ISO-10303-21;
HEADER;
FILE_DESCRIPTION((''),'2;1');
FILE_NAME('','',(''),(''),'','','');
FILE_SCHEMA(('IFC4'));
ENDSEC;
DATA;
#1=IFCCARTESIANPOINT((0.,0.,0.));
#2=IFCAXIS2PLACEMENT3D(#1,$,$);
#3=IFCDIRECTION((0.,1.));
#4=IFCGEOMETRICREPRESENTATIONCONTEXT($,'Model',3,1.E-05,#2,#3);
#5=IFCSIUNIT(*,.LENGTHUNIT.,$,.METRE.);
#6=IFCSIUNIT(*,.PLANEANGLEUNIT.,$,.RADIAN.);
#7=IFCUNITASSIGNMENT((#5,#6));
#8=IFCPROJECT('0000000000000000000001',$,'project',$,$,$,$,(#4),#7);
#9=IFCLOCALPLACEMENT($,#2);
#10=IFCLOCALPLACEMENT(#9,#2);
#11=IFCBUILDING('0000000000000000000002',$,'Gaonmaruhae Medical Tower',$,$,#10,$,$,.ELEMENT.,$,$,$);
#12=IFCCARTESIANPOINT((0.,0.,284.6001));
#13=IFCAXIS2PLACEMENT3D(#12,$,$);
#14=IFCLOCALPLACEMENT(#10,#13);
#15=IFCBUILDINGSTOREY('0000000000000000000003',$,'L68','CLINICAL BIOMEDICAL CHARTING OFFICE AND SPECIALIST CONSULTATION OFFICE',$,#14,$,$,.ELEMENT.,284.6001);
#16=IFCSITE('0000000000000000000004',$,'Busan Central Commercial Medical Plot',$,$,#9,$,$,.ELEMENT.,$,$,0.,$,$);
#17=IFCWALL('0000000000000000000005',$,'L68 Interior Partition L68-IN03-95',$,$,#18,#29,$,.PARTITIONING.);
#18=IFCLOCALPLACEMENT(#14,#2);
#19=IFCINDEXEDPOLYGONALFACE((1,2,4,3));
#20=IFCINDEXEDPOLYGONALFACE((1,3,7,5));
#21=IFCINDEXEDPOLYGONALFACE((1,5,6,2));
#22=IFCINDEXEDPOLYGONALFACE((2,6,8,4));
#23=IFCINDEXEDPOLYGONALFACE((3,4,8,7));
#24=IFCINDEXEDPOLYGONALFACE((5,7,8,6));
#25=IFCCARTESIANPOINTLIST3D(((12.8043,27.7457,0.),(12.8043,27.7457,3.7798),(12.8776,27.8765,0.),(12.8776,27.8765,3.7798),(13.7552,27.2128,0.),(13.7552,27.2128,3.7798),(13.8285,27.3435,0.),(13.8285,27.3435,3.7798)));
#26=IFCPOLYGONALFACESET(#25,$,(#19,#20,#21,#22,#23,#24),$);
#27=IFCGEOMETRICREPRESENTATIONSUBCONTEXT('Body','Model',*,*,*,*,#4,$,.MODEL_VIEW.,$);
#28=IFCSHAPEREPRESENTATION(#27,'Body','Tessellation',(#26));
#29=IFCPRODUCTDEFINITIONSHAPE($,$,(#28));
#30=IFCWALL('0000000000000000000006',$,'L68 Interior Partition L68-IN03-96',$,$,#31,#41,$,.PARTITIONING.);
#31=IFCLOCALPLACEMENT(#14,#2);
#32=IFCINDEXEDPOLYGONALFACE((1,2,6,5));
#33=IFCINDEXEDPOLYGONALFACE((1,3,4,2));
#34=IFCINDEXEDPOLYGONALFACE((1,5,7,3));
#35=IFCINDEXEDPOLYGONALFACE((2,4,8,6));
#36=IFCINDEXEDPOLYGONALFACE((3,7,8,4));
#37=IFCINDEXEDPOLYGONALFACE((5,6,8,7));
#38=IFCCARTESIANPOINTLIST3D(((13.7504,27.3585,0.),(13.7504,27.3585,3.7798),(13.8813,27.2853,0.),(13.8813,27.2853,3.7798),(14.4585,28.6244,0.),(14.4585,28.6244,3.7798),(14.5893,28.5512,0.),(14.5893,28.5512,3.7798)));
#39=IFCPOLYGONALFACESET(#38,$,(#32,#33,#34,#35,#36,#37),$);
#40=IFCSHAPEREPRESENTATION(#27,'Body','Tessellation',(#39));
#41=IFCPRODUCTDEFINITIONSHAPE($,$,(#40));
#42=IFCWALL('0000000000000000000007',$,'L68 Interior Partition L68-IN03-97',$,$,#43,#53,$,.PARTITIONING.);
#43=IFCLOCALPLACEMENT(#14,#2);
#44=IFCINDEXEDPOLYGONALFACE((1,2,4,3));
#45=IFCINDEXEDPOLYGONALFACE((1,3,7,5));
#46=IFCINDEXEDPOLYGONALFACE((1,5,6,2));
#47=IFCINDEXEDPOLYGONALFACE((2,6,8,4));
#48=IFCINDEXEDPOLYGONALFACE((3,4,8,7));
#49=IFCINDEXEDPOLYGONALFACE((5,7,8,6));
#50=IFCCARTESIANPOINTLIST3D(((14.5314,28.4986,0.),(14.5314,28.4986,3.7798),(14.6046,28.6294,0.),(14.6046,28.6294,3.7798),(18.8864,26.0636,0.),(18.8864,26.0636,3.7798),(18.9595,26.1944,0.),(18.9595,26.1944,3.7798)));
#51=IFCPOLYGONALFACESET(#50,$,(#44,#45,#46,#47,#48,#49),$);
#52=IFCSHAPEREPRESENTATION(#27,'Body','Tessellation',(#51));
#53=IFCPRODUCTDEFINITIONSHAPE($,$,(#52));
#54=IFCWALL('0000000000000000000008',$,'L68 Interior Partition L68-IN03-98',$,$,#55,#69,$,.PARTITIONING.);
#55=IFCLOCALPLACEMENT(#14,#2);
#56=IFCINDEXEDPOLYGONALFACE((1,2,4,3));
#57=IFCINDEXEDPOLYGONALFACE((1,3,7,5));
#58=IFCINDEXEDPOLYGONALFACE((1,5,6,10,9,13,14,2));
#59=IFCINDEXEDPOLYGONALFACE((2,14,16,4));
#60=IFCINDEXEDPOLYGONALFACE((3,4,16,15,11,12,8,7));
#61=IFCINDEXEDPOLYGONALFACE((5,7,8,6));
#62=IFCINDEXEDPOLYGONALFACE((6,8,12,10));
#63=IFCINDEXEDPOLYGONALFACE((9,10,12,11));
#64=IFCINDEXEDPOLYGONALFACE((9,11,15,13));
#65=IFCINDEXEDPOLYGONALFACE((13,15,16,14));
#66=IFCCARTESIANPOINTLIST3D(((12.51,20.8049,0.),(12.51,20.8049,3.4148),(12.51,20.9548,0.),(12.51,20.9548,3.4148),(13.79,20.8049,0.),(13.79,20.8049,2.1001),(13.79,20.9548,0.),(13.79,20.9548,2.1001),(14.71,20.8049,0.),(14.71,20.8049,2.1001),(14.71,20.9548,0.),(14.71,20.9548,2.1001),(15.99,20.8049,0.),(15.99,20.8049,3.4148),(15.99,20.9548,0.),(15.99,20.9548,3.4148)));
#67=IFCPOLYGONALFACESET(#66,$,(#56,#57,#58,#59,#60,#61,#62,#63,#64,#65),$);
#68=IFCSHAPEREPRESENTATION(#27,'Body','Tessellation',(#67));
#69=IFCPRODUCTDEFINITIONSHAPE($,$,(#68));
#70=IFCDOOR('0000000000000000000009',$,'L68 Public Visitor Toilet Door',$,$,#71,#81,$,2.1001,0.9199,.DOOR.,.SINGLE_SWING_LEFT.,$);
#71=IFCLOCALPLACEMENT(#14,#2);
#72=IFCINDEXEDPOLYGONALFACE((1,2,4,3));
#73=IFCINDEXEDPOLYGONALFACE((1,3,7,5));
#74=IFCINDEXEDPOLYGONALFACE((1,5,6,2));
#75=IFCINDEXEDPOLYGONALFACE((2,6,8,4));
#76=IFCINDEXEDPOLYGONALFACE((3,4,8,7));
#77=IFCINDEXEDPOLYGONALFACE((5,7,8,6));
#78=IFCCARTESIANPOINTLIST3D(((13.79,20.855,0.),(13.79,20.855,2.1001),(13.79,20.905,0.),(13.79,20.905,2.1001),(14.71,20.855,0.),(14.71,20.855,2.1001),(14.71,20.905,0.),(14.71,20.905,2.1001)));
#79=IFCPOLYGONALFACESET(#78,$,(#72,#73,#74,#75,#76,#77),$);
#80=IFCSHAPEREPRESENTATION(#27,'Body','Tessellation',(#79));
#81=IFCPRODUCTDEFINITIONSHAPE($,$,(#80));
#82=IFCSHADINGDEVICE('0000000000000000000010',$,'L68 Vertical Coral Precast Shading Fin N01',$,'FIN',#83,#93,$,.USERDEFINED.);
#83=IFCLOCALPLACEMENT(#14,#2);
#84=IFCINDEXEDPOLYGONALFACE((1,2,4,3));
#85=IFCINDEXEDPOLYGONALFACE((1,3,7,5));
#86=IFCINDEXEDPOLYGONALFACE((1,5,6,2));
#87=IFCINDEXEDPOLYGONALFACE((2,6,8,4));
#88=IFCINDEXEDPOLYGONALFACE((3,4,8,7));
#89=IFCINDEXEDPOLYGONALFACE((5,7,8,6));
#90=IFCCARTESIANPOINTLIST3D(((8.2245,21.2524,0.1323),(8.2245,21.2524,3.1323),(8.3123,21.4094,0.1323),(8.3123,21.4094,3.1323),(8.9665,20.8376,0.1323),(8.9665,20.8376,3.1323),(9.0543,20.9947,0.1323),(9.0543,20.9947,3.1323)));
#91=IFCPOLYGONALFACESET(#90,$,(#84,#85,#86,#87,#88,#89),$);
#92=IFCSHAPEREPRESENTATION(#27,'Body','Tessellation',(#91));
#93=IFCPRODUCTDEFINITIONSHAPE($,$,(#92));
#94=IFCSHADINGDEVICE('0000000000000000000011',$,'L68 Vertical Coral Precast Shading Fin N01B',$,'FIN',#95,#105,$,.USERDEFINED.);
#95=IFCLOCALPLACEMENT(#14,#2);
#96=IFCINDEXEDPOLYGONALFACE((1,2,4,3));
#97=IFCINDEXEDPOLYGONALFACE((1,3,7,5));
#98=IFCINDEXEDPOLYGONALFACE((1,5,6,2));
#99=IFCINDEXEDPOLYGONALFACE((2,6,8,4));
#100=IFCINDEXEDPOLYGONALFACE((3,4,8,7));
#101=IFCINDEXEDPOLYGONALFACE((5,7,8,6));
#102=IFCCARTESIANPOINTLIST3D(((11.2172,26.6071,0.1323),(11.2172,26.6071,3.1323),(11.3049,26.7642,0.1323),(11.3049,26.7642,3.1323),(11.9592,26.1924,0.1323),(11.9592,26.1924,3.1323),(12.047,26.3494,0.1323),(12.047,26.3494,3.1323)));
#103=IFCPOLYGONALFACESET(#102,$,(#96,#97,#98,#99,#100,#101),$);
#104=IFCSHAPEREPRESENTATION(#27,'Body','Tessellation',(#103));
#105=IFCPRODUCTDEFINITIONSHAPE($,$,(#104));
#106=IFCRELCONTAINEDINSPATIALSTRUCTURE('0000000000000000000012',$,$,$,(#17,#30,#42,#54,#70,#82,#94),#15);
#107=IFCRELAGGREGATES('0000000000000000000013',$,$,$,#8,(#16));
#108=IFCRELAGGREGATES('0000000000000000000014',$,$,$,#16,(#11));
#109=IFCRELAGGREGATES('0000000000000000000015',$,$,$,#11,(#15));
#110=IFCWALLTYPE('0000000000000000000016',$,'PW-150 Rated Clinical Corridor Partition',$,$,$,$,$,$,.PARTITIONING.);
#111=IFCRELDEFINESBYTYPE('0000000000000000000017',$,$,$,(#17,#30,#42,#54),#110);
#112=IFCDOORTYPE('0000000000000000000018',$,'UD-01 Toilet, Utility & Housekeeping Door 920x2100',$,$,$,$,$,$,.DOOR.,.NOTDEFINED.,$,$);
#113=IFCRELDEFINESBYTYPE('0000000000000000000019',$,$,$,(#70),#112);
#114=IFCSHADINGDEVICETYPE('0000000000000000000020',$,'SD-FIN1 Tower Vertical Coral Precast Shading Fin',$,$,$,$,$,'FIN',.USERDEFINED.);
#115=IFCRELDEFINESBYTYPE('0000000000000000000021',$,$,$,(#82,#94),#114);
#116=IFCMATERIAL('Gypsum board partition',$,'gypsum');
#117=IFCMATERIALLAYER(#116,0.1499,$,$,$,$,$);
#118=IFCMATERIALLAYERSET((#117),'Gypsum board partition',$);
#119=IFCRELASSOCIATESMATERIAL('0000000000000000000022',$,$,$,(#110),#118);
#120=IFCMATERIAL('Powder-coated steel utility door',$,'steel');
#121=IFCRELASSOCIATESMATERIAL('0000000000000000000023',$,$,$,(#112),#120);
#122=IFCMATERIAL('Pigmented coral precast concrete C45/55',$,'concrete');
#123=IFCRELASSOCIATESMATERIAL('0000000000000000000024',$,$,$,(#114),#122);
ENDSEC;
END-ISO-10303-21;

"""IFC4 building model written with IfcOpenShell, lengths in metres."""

from ifc_helpers import new_model, si_unit, direction, frame, frame_2d, origin, origin_2d, place, context, subcontext, project, spatial, rectangle, extrude, material, layer, layer_set, type_object, element, fill, save


model = new_model("IFC4")

# Units and contexts
model_context = context("Model", 3, precision=1e-05, world=origin(), true_north=direction((0.0, 1.0)))
body_context = subcontext(model_context, "Body", "Model", "MODEL_VIEW")
ifc_project = project(units=[si_unit("LENGTHUNIT", "METRE"), si_unit("PLANEANGLEUNIT", "RADIAN")], contexts=[model_context])

# Site, building, storey
site_placement = place(None, origin())
site = spatial("IfcSite", under=ifc_project, at=site_placement, Name="Busan Central Commercial Medical Plot", CompositionType="ELEMENT", RefElevation=0.0)
building_placement = place(site_placement, origin())
building = spatial("IfcBuilding", under=site, at=building_placement, Name="Gaonmaruhae Medical Tower", CompositionType="ELEMENT")
storey_placement = place(building_placement, frame((0.0, 0.0, 284.6001)))
storey = spatial("IfcBuildingStorey", under=building, at=storey_placement, Name="L68", Description="CLINICAL BIOMEDICAL CHARTING OFFICE AND SPECIALIST CONSULTATION OFFICE", CompositionType="ELEMENT", Elevation=284.6001)

# Walls
ifc_material_1 = material(Name="Gypsum board partition", Category="gypsum")
ifc_layer_1 = layer(ifc_material_1, 0.1499)
ifc_layer_set_1 = layer_set([ifc_layer_1], Name="Gypsum board partition")
wall_type_1 = type_object("IfcWallType", Name="PW-150 Rated Clinical Corridor Partition", PredefinedType="PARTITIONING", material=ifc_layer_set_1)
wall_1_placement = place(storey_placement, frame((12.8411, 27.811, 0.0), z_axis=(0.0, 0.0, 1.0), x_axis=(0.872334, -0.48891, 0.0)))
element("IfcWall", 1, at=wall_1_placement, inside=storey, type_object=wall_type_1, Name="L68 Interior Partition L68-IN03-95", PredefinedType="PARTITIONING", context=body_context, shape_type="SweptSolid", body=[
    extrude(rectangle(XDim=1.0901, YDim=0.1499, at=frame_2d((0.5449, 0.0))), origin(), (0.0, 0.0, 1.0), 3.7798),
])
wall_2_placement = place(storey_placement, frame((13.8159, 27.322, 0.0), z_axis=(0.0, 0.0, 1.0), x_axis=(0.488142, 0.872764, 0.0)))
element("IfcWall", 2, at=wall_2_placement, inside=storey, type_object=wall_type_1, Name="L68 Interior Partition L68-IN03-96", PredefinedType="PARTITIONING", context=body_context, shape_type="SweptSolid", body=[
    extrude(rectangle(XDim=1.4504, YDim=0.1499, at=frame_2d((0.7251, 0.0))), origin(), (0.0, 0.0, 1.0), 3.7798),
])
wall_3_placement = place(storey_placement, frame((14.5681, 28.564, 0.0), z_axis=(0.0, 0.0, 1.0), x_axis=(0.872825, -0.488034, 0.0)))
element("IfcWall", 3, at=wall_3_placement, inside=storey, type_object=wall_type_1, Name="L68 Interior Partition L68-IN03-97", PredefinedType="PARTITIONING", context=body_context, shape_type="SweptSolid", body=[
    extrude(rectangle(XDim=4.9895, YDim=0.1499, at=frame_2d((2.4946, 0.0))), origin(), (0.0, 0.0, 1.0), 3.7798),
])

# Wall, opening, door
wall_4_placement = place(storey_placement, frame((15.99, 20.8799, 0.0), z_axis=(0.0, 0.0, 1.0), x_axis=(-1.0, 0.0, 0.0)))
wall_4 = element("IfcWall", 4, at=wall_4_placement, inside=storey, type_object=wall_type_1, Name="L68 Interior Partition L68-IN03-98", PredefinedType="PARTITIONING", context=body_context, shape_type="SweptSolid", body=[
    extrude(rectangle(XDim=3.48, YDim=0.1499, at=frame_2d((1.74, 0.0))), origin(), (0.0, 0.0, 1.0), 3.4148),
])
opening_1_placement = place(wall_4_placement, frame((1.28, 0.0, 0.0)))
opening_1 = element("IfcOpeningElement", 5, at=opening_1_placement, cuts=wall_4, PredefinedType="OPENING", context=body_context, shape_type="SweptSolid", body=[
    extrude(rectangle(XDim=0.9199, YDim=2.1001, at=frame_2d((0.46, 1.05))), frame((0.0, 0.085, 0.0), z_axis=(0.0, -1.0, 0.0), x_axis=(1.0, 0.0, 0.0)), (0.0, 0.0, 1.0), 0.1699),
])
ifc_material_2 = material(Name="Powder-coated steel utility door", Category="steel")
door_type = type_object("IfcDoorType", Name="UD-01 Toilet, Utility & Housekeeping Door 920x2100", OperationType="NOTDEFINED", PredefinedType="DOOR", material=ifc_material_2)
door_placement = place(opening_1_placement, origin())
door = element("IfcDoor", 6, at=door_placement, inside=storey, type_object=door_type, Name="L68 Public Visitor Toilet Door", OperationType="SINGLE_SWING_LEFT", OverallHeight=2.1001, OverallWidth=0.9199, PredefinedType="DOOR", context=body_context, shape_type="SweptSolid", body=[
    extrude(rectangle(XDim=0.9199, YDim=2.1001, at=frame_2d((0.46, 1.05))), frame((0.0, 0.0249, 0.0), z_axis=(0.0, -1.0, 0.0), x_axis=(1.0, 0.0, 0.0)), (0.0, 0.0, 1.0), 0.05),
])
fill(opening_1, door)

# Shading devices
ifc_material_3 = material(Name="Pigmented coral precast concrete C45/55", Category="concrete")
shading_device_type = type_object("IfcShadingDeviceType", Name="SD-FIN1 Tower Vertical Coral Precast Shading Fin", ElementType="FIN", PredefinedType="USERDEFINED", material=ifc_material_3)
for number, where, z_axis, x_axis, name in (
    (7, (8.6394, 21.1235, 0.1323), (0.0, 0.0, 1.0), (0.48786, 0.872922, 0.0), "L68 Vertical Coral Precast Shading Fin N01"),
    (8, (11.6321, 26.4783, 0.1323), (0.0, 0.0, 1.0), (0.48786, 0.872922, 0.0), "L68 Vertical Coral Precast Shading Fin N01B"),
):
    element("IfcShadingDevice", number, at=place(storey_placement, frame(where, z_axis=z_axis, x_axis=x_axis)), inside=storey, type_object=shading_device_type, Name=name, ObjectType="FIN", PredefinedType="USERDEFINED", context=body_context, shape_type="SweptSolid", body=[
        extrude(rectangle(XDim=0.1799, YDim=0.8501, at=origin_2d()), origin(), (0.0, 0.0, 1.0), 3.0),
    ])

save(model, "model.ifc")
